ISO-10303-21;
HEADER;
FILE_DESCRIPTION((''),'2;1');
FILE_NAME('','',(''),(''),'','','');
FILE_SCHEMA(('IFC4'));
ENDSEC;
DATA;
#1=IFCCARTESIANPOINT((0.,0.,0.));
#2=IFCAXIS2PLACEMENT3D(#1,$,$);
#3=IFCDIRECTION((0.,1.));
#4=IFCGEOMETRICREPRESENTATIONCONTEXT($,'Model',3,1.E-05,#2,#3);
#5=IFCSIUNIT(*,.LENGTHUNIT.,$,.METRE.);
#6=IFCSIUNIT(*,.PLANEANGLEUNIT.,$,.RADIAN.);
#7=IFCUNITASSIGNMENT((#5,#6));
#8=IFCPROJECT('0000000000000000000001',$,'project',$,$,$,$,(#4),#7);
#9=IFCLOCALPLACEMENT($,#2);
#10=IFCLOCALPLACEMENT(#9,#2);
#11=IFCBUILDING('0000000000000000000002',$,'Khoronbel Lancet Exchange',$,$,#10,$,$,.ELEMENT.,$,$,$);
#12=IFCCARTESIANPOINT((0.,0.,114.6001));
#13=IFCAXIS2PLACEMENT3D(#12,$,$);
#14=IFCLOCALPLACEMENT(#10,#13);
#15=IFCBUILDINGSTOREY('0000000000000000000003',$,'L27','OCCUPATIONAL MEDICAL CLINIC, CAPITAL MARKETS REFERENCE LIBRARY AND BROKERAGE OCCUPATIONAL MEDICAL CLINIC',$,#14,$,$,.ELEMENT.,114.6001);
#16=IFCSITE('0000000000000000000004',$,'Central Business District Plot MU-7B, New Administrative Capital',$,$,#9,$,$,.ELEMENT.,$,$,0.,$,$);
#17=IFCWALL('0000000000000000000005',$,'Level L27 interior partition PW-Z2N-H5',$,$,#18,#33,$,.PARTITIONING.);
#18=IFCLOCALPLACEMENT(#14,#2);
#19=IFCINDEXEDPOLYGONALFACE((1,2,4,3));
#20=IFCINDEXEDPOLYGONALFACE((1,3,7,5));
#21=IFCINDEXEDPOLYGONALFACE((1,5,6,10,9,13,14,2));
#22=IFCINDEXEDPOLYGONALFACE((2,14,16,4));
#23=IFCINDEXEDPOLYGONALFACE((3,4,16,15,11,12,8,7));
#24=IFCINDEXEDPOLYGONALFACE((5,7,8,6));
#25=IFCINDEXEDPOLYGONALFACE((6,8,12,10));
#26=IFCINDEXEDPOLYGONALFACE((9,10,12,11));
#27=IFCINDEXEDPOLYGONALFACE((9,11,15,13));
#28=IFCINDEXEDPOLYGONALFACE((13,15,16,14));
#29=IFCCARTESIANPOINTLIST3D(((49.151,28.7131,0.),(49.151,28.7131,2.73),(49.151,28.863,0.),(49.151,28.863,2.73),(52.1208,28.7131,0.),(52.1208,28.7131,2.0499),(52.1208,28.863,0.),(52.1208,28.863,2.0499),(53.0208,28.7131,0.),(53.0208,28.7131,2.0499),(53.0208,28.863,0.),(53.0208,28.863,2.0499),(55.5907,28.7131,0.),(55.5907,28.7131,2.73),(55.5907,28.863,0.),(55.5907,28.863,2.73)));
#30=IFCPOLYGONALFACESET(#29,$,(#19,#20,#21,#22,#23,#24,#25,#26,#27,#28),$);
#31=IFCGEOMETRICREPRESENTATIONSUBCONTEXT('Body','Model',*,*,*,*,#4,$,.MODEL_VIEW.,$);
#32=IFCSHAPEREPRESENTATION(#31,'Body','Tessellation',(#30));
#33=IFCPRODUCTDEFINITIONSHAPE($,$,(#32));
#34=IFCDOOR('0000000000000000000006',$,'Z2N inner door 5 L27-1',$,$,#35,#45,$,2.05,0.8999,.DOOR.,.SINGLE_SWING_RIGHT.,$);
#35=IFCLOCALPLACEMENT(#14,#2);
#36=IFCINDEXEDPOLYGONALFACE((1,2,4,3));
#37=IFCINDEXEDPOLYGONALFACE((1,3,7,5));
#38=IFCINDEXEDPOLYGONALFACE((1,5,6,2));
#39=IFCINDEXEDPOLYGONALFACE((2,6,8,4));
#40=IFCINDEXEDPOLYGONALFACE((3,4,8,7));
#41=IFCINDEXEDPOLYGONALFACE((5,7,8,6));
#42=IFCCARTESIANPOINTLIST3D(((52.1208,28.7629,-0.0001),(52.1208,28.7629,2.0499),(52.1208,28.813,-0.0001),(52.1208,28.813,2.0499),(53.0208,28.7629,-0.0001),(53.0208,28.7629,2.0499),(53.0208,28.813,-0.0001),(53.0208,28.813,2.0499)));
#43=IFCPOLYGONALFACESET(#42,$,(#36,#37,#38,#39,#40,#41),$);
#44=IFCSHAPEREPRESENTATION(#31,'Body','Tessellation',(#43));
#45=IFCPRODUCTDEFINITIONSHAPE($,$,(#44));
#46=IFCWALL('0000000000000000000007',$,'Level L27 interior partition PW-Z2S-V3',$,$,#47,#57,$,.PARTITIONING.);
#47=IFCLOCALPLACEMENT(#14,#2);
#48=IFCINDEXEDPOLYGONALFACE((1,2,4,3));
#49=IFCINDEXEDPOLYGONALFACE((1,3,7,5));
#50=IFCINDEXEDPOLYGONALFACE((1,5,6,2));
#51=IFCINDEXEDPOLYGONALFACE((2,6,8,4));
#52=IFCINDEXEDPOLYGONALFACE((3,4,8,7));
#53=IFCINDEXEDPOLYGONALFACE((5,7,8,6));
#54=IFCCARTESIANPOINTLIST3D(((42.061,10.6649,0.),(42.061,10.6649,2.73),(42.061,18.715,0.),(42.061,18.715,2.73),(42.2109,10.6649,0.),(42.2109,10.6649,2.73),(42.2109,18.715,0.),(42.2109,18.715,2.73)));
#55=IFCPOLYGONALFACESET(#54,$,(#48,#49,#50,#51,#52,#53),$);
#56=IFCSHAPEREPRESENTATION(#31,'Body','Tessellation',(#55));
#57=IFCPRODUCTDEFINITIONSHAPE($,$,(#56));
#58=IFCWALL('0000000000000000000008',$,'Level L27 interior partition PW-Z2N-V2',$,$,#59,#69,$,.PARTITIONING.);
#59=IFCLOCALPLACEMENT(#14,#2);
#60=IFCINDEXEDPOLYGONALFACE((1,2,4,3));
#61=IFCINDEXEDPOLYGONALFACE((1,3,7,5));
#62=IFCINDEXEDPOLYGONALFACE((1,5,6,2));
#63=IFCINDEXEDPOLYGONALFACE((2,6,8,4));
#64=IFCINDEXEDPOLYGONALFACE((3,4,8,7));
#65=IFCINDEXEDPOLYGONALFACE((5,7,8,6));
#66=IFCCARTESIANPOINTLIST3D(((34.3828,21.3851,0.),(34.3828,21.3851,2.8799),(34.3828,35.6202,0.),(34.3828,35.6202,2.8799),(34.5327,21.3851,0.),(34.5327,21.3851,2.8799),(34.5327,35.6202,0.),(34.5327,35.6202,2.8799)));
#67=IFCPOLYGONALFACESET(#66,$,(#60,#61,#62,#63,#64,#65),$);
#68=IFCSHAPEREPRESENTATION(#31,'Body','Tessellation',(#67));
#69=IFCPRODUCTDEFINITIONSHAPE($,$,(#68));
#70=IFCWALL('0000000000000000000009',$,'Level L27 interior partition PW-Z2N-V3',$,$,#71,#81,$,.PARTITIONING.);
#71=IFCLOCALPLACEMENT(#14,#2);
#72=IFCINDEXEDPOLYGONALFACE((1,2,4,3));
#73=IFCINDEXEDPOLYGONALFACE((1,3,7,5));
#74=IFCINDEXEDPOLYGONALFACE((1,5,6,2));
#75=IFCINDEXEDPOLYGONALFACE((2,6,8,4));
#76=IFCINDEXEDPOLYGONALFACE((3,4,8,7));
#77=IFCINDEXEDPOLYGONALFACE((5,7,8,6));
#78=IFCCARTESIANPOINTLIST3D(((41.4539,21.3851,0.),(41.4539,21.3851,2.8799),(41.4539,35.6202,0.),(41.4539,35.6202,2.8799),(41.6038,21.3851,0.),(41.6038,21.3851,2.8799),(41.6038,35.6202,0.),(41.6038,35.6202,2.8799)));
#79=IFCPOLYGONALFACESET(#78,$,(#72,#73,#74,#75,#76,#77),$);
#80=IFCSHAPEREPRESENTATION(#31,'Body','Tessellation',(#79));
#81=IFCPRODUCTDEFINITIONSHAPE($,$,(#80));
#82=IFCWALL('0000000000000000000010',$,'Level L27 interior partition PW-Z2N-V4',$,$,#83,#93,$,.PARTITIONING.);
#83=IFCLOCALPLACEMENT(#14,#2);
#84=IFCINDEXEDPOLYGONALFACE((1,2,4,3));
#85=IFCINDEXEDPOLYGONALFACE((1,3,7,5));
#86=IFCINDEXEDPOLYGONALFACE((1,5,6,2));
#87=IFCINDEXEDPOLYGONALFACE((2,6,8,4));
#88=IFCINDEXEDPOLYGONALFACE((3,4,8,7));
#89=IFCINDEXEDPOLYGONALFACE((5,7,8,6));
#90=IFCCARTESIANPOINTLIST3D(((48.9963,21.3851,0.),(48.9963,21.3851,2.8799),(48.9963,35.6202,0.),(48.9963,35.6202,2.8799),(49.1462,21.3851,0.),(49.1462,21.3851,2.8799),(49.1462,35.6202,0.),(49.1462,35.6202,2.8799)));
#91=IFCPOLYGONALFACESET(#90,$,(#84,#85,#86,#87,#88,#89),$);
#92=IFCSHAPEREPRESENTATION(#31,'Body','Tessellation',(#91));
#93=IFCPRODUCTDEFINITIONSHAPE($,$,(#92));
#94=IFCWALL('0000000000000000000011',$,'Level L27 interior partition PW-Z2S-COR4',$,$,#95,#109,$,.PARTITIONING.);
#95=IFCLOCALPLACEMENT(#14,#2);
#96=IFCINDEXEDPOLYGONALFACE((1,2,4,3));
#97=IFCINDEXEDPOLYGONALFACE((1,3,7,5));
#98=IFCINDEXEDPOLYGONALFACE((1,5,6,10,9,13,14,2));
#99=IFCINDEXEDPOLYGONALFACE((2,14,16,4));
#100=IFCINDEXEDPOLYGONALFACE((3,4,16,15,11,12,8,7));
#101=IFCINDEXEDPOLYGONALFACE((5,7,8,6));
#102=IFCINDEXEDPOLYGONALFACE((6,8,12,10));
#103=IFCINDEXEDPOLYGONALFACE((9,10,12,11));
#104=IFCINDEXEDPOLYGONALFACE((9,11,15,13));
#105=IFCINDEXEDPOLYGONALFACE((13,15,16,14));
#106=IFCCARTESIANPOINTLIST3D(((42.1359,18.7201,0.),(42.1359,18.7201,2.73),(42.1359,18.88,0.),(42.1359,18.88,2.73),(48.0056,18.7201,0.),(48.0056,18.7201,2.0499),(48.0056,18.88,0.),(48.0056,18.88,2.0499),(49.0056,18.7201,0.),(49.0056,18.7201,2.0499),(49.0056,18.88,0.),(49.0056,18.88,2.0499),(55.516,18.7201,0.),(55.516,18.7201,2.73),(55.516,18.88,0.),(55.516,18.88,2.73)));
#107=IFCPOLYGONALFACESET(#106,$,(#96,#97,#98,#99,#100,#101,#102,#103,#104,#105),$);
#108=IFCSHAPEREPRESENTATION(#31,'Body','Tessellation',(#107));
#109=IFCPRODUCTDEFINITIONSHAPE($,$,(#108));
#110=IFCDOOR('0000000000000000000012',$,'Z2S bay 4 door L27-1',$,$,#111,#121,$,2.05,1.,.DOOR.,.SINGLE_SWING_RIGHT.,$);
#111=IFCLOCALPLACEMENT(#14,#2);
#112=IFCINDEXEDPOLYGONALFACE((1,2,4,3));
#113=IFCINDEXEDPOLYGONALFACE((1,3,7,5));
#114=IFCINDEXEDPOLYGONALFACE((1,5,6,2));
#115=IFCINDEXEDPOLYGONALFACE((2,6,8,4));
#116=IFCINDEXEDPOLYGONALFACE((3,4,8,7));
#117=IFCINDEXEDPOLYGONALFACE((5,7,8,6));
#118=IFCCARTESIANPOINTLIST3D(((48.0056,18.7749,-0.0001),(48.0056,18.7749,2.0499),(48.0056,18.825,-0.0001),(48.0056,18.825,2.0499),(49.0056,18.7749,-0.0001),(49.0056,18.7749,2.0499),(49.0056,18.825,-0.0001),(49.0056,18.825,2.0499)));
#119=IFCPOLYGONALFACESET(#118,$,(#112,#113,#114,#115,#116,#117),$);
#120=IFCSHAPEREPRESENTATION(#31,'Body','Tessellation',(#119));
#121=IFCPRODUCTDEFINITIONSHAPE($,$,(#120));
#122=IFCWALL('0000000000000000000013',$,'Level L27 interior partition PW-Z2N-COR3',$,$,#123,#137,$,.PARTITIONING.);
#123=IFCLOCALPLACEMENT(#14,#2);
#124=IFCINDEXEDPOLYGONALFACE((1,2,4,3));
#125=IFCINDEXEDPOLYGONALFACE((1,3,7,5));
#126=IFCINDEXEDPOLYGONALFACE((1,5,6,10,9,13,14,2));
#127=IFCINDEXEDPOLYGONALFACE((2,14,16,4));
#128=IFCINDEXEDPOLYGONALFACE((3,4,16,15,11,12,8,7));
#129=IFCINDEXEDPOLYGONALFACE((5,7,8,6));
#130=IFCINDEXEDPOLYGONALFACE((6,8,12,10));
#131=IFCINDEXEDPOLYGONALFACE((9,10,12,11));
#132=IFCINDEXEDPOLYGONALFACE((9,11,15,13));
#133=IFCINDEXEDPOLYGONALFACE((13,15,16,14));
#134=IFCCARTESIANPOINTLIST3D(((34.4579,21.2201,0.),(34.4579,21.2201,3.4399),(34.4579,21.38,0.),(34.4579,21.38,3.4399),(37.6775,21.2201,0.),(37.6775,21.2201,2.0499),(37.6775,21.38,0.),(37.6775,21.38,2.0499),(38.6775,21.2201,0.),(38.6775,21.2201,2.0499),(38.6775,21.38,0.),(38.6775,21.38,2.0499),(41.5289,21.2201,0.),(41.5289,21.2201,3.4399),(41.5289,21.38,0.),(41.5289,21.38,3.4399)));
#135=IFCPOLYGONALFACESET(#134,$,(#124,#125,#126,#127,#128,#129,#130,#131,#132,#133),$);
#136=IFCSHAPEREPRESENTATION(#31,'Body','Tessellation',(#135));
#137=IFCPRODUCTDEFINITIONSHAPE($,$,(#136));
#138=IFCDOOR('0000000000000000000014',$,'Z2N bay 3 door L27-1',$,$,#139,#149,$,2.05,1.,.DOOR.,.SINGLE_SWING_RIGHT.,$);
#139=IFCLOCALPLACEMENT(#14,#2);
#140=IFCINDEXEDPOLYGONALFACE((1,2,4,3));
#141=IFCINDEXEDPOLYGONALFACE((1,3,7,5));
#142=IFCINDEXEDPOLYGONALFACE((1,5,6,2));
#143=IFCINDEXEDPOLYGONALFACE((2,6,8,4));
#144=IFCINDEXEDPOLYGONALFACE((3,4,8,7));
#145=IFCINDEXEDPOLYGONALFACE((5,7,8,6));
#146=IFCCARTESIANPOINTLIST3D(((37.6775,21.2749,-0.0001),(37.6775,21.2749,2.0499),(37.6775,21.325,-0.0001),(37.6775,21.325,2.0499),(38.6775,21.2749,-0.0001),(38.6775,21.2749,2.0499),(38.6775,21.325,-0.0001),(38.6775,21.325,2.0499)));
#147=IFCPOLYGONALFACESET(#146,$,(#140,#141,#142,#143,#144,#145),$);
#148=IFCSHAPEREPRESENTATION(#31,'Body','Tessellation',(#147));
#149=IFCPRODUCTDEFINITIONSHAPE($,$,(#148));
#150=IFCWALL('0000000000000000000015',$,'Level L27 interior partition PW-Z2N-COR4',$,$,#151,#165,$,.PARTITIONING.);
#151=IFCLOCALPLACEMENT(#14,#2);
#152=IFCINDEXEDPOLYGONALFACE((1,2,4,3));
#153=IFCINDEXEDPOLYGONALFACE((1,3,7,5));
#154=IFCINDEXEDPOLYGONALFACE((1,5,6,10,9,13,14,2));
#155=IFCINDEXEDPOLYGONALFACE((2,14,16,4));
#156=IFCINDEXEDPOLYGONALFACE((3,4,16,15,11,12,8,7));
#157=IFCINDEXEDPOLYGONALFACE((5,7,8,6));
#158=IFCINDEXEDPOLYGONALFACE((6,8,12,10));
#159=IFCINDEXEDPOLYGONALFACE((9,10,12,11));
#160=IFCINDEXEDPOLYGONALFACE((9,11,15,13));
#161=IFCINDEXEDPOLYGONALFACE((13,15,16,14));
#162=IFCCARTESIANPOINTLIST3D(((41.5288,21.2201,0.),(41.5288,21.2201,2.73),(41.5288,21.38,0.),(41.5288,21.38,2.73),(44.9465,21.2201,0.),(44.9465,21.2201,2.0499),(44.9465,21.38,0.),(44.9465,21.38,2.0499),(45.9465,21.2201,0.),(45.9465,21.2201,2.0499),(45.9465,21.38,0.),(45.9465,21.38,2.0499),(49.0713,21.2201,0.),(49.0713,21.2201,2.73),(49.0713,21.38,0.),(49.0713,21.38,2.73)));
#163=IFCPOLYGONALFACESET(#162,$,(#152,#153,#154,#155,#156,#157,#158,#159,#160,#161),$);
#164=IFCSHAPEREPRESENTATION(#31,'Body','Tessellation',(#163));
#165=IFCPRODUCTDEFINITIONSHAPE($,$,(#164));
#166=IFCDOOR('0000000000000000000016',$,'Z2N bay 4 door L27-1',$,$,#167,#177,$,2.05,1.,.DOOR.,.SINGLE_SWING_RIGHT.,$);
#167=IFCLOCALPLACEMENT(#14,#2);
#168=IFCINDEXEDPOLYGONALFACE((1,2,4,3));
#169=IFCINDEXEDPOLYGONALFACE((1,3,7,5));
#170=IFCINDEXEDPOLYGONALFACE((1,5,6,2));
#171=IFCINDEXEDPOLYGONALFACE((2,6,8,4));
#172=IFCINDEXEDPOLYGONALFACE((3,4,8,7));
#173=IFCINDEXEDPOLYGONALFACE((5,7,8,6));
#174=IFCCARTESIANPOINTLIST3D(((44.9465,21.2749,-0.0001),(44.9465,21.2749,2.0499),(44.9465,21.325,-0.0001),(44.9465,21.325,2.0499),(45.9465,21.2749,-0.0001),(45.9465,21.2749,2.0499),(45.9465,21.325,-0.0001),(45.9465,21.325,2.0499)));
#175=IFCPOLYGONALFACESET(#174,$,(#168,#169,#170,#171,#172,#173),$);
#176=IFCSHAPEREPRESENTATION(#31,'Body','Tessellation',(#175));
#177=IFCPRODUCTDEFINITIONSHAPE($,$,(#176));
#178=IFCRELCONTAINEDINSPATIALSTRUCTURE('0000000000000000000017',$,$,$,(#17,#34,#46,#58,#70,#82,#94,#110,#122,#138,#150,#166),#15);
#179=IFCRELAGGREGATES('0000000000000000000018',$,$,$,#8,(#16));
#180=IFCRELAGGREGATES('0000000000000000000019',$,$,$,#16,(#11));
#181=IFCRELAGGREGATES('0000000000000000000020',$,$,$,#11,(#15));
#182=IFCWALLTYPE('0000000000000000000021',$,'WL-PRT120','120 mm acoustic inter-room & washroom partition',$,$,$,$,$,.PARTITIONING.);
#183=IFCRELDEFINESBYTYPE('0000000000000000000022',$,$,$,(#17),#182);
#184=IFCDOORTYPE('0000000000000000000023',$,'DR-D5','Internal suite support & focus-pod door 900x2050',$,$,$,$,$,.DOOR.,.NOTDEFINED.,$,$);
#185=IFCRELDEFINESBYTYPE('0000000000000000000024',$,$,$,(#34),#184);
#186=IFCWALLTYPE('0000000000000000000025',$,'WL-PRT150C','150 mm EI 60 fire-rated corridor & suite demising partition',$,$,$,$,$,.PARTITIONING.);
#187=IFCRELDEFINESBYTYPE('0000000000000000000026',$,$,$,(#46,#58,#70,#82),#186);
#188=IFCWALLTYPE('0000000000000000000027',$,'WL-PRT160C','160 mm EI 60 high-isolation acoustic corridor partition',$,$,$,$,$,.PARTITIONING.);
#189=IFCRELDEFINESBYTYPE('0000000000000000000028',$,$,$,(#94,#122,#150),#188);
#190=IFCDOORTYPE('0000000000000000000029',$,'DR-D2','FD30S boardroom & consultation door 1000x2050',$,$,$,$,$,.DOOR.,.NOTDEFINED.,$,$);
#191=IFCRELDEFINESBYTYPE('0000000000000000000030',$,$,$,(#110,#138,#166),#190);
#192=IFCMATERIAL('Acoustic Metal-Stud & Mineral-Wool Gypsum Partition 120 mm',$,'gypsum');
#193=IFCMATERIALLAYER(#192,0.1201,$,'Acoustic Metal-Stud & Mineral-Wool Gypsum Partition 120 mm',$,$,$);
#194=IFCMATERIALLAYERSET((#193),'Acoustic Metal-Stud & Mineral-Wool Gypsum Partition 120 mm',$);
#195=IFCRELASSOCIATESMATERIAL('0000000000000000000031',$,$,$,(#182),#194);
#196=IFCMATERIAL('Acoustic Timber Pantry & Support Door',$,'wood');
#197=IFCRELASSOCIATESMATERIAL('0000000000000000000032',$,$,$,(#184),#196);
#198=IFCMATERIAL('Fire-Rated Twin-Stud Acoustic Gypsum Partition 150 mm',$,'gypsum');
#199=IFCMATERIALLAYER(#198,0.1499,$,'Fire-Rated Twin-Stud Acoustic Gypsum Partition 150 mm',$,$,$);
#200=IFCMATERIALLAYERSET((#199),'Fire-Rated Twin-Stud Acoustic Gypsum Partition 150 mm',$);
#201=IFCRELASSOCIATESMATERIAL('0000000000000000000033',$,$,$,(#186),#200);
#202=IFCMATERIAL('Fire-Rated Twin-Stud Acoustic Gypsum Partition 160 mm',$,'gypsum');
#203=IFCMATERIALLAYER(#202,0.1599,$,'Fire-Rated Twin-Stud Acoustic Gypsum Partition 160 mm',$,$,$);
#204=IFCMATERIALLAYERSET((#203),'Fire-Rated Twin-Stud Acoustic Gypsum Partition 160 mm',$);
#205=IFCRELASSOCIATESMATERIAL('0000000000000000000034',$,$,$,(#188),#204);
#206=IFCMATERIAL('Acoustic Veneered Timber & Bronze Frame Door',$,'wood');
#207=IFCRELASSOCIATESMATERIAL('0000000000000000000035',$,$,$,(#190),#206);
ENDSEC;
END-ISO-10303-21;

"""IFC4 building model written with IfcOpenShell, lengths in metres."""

from ifc_helpers import new_model, si_unit, direction, frame, frame_2d, origin, place, context, subcontext, project, spatial, rectangle, extrude, material, layer, layer_set, type_object, element, fill, save


model = new_model("IFC4")

# Units and contexts
model_context = context("Model", 3, precision=1e-05, world=origin(), true_north=direction((0.0, 1.0)))
body_context = subcontext(model_context, "Body", "Model", "MODEL_VIEW")
ifc_project = project(units=[si_unit("LENGTHUNIT", "METRE"), si_unit("PLANEANGLEUNIT", "RADIAN")], contexts=[model_context])

# Site, building, storey
site_placement = place(None, origin())
site = spatial("IfcSite", under=ifc_project, at=site_placement, Name="Central Business District Plot MU-7B, New Administrative Capital", CompositionType="ELEMENT", RefElevation=0.0)
building_placement = place(site_placement, origin())
building = spatial("IfcBuilding", under=site, at=building_placement, Name="Khoronbel Lancet Exchange", CompositionType="ELEMENT")
storey_placement = place(building_placement, frame((0.0, 0.0, 114.6001)))
storey = spatial("IfcBuildingStorey", under=building, at=storey_placement, Name="L27", Description="OCCUPATIONAL MEDICAL CLINIC, CAPITAL MARKETS REFERENCE LIBRARY AND BROKERAGE OCCUPATIONAL MEDICAL CLINIC", CompositionType="ELEMENT", Elevation=114.6001)

# Wall, opening, door
ifc_material_1 = material(Name="Acoustic Metal-Stud & Mineral-Wool Gypsum Partition 120 mm", Category="gypsum")
ifc_layer_1 = layer(ifc_material_1, 0.1201, Name="Acoustic Metal-Stud & Mineral-Wool Gypsum Partition 120 mm")
ifc_layer_set_1 = layer_set([ifc_layer_1], Name="Acoustic Metal-Stud & Mineral-Wool Gypsum Partition 120 mm")
wall_type_1 = type_object("IfcWallType", Name="WL-PRT120", Description="120 mm acoustic inter-room & washroom partition", PredefinedType="PARTITIONING", material=ifc_layer_set_1)
ifc_material_2 = material(Name="Acoustic Timber Pantry & Support Door", Category="wood")
door_type_1 = type_object("IfcDoorType", Name="DR-D5", Description="Internal suite support & focus-pod door 900x2050", OperationType="NOTDEFINED", PredefinedType="DOOR", material=ifc_material_2)
wall_1_placement = place(storey_placement, frame((49.1511, 28.7881, 0.0), z_axis=(0.0, 0.0, 1.0), x_axis=(1.0, 0.0, 0.0)))
wall_1 = element("IfcWall", 1, at=wall_1_placement, inside=storey, type_object=wall_type_1, Name="Level L27 interior partition PW-Z2N-H5", PredefinedType="PARTITIONING", context=body_context, shape_type="SweptSolid", body=[
    extrude(rectangle(XDim=6.4397, YDim=0.1499, at=frame_2d((3.2197, 0.0))), origin(), (0.0, 0.0, 1.0), 2.73),
])
opening_1_placement = place(wall_1_placement, frame((2.9697, 0.0, 0.0)))
opening_1 = element("IfcOpeningElement", 2, at=opening_1_placement, cuts=wall_1, PredefinedType="OPENING", context=body_context, shape_type="SweptSolid", body=[
    extrude(rectangle(XDim=0.8999, YDim=2.05, at=frame_2d((0.45, 1.0249))), frame((0.0, 0.085, 0.0), z_axis=(0.0, -1.0, 0.0), x_axis=(1.0, 0.0, 0.0)), (0.0, 0.0, 1.0), 0.1699),
])
door_1_placement = place(opening_1_placement, origin())
door_1 = element("IfcDoor", 3, at=door_1_placement, inside=storey, type_object=door_type_1, Name="Z2N inner door 5 L27-1", OperationType="SINGLE_SWING_RIGHT", OverallHeight=2.05, OverallWidth=0.8999, PredefinedType="DOOR", context=body_context, shape_type="SweptSolid", body=[
    extrude(rectangle(XDim=0.8999, YDim=2.05, at=frame_2d((0.45, 1.0249))), frame((0.0, 0.0249, 0.0), z_axis=(0.0, -1.0, 0.0), x_axis=(1.0, 0.0, 0.0)), (0.0, 0.0, 1.0), 0.05),
])
fill(opening_1, door_1)

# Walls
ifc_material_3 = material(Name="Fire-Rated Twin-Stud Acoustic Gypsum Partition 150 mm", Category="gypsum")
ifc_layer_2 = layer(ifc_material_3, 0.1499, Name="Fire-Rated Twin-Stud Acoustic Gypsum Partition 150 mm")
ifc_layer_set_2 = layer_set([ifc_layer_2], Name="Fire-Rated Twin-Stud Acoustic Gypsum Partition 150 mm")
wall_type_2 = type_object("IfcWallType", Name="WL-PRT150C", Description="150 mm EI 60 fire-rated corridor & suite demising partition", PredefinedType="PARTITIONING", material=ifc_layer_set_2)
wall_2_placement = place(storey_placement, frame((42.136, 10.665, 0.0), z_axis=(0.0, 0.0, 1.0), x_axis=(0.0, 1.0, 0.0)))
element("IfcWall", 4, at=wall_2_placement, inside=storey, type_object=wall_type_2, Name="Level L27 interior partition PW-Z2S-V3", PredefinedType="PARTITIONING", context=body_context, shape_type="SweptSolid", body=[
    extrude(rectangle(XDim=8.05, YDim=0.1499, at=frame_2d((4.0249, 0.0))), origin(), (0.0, 0.0, 1.0), 2.73),
])
for number, where, z_axis, x_axis, name in (
    (5, (34.4578, 21.385, 0.0), (0.0, 0.0, 1.0), (0.0, 1.0, 0.0), "Level L27 interior partition PW-Z2N-V2"),
    (6, (41.5288, 21.385, 0.0), (0.0, 0.0, 1.0), (0.0, 1.0, 0.0), "Level L27 interior partition PW-Z2N-V3"),
    (7, (49.0713, 21.385, 0.0), (0.0, 0.0, 1.0), (0.0, 1.0, 0.0), "Level L27 interior partition PW-Z2N-V4"),
):
    element("IfcWall", number, at=place(storey_placement, frame(where, z_axis=z_axis, x_axis=x_axis)), inside=storey, type_object=wall_type_2, Name=name, PredefinedType="PARTITIONING", context=body_context, shape_type="SweptSolid", body=[
        extrude(rectangle(XDim=14.2351, YDim=0.1499, at=frame_2d((7.1177, 0.0))), origin(), (0.0, 0.0, 1.0), 2.8799),
    ])

# Walls, openings, doors
ifc_material_4 = material(Name="Fire-Rated Twin-Stud Acoustic Gypsum Partition 160 mm", Category="gypsum")
ifc_layer_3 = layer(ifc_material_4, 0.1599, Name="Fire-Rated Twin-Stud Acoustic Gypsum Partition 160 mm")
ifc_layer_set_3 = layer_set([ifc_layer_3], Name="Fire-Rated Twin-Stud Acoustic Gypsum Partition 160 mm")
wall_type_3 = type_object("IfcWallType", Name="WL-PRT160C", Description="160 mm EI 60 high-isolation acoustic corridor partition", PredefinedType="PARTITIONING", material=ifc_layer_set_3)
wall_3_placement = place(storey_placement, frame((42.136, 18.8, 0.0), z_axis=(0.0, 0.0, 1.0), x_axis=(1.0, 0.0, 0.0)))
wall_3 = element("IfcWall", 8, at=wall_3_placement, inside=storey, type_object=wall_type_3, Name="Level L27 interior partition PW-Z2S-COR4", PredefinedType="PARTITIONING", context=body_context, shape_type="SweptSolid", body=[
    extrude(rectangle(XDim=13.3801, YDim=0.1599, at=frame_2d((6.6899, 0.0))), origin(), (0.0, 0.0, 1.0), 2.73),
])
opening_2_placement = place(wall_3_placement, frame((5.8696, 0.0, 0.0)))
opening_2 = element("IfcOpeningElement", 9, at=opening_2_placement, cuts=wall_3, PredefinedType="OPENING", context=body_context, shape_type="SweptSolid", body=[
    extrude(rectangle(XDim=1.0, YDim=2.05, at=frame_2d((0.5, 1.0249))), frame((0.0, 0.0898, 0.0), z_axis=(0.0, -1.0, 0.0), x_axis=(1.0, 0.0, 0.0)), (0.0, 0.0, 1.0), 0.1799),
])
ifc_material_5 = material(Name="Acoustic Veneered Timber & Bronze Frame Door", Category="wood")
door_type_2 = type_object("IfcDoorType", Name="DR-D2", Description="FD30S boardroom & consultation door 1000x2050", OperationType="NOTDEFINED", PredefinedType="DOOR", material=ifc_material_5)
door_2_placement = place(opening_2_placement, origin())
door_2 = element("IfcDoor", 10, at=door_2_placement, inside=storey, type_object=door_type_2, Name="Z2S bay 4 door L27-1", OperationType="SINGLE_SWING_RIGHT", OverallHeight=2.05, OverallWidth=1.0, PredefinedType="DOOR", context=body_context, shape_type="SweptSolid", body=[
    extrude(rectangle(XDim=1.0, YDim=2.05, at=frame_2d((0.5, 1.0249))), frame((0.0, 0.0249, 0.0), z_axis=(0.0, -1.0, 0.0), x_axis=(1.0, 0.0, 0.0)), (0.0, 0.0, 1.0), 0.05),
])
fill(opening_2, door_2)
wall_4_placement = place(storey_placement, frame((34.4578, 21.3, 0.0), z_axis=(0.0, 0.0, 1.0), x_axis=(1.0, 0.0, 0.0)))
wall_4 = element("IfcWall", 11, at=wall_4_placement, inside=storey, type_object=wall_type_3, Name="Level L27 interior partition PW-Z2N-COR3", PredefinedType="PARTITIONING", context=body_context, shape_type="SweptSolid", body=[
    extrude(rectangle(XDim=7.071, YDim=0.1599, at=frame_2d((3.5356, 0.0))), origin(), (0.0, 0.0, 1.0), 3.4399),
])
opening_3_placement = place(wall_4_placement, frame((3.2197, 0.0, 0.0)))
opening_3 = element("IfcOpeningElement", 12, at=opening_3_placement, cuts=wall_4, PredefinedType="OPENING", context=body_context, shape_type="SweptSolid", body=[
    extrude(rectangle(XDim=1.0, YDim=2.05, at=frame_2d((0.5, 1.0249))), frame((0.0, 0.0898, 0.0), z_axis=(0.0, -1.0, 0.0), x_axis=(1.0, 0.0, 0.0)), (0.0, 0.0, 1.0), 0.1799),
])
door_3_placement = place(opening_3_placement, origin())
door_3 = element("IfcDoor", 13, at=door_3_placement, inside=storey, type_object=door_type_2, Name="Z2N bay 3 door L27-1", OperationType="SINGLE_SWING_RIGHT", OverallHeight=2.05, OverallWidth=1.0, PredefinedType="DOOR", context=body_context, shape_type="SweptSolid", body=[
    extrude(rectangle(XDim=1.0, YDim=2.05, at=frame_2d((0.5, 1.0249))), frame((0.0, 0.0249, 0.0), z_axis=(0.0, -1.0, 0.0), x_axis=(1.0, 0.0, 0.0)), (0.0, 0.0, 1.0), 0.05),
])
fill(opening_3, door_3)
wall_5_placement = place(storey_placement, frame((41.5288, 21.3, 0.0), z_axis=(0.0, 0.0, 1.0), x_axis=(1.0, 0.0, 0.0)))
wall_5 = element("IfcWall", 14, at=wall_5_placement, inside=storey, type_object=wall_type_3, Name="Level L27 interior partition PW-Z2N-COR4", PredefinedType="PARTITIONING", context=body_context, shape_type="SweptSolid", body=[
    extrude(rectangle(XDim=7.5425, YDim=0.1599, at=frame_2d((3.7712, 0.0))), origin(), (0.0, 0.0, 1.0), 2.73),
])
opening_4_placement = place(wall_5_placement, frame((3.4177, 0.0, 0.0)))
opening_4 = element("IfcOpeningElement", 15, at=opening_4_placement, cuts=wall_5, PredefinedType="OPENING", context=body_context, shape_type="SweptSolid", body=[
    extrude(rectangle(XDim=1.0, YDim=2.05, at=frame_2d((0.5, 1.0249))), frame((0.0, 0.0898, 0.0), z_axis=(0.0, -1.0, 0.0), x_axis=(1.0, 0.0, 0.0)), (0.0, 0.0, 1.0), 0.1799),
])
door_4_placement = place(opening_4_placement, origin())
door_4 = element("IfcDoor", 16, at=door_4_placement, inside=storey, type_object=door_type_2, Name="Z2N bay 4 door L27-1", OperationType="SINGLE_SWING_RIGHT", OverallHeight=2.05, OverallWidth=1.0, PredefinedType="DOOR", context=body_context, shape_type="SweptSolid", body=[
    extrude(rectangle(XDim=1.0, YDim=2.05, at=frame_2d((0.5, 1.0249))), frame((0.0, 0.0249, 0.0), z_axis=(0.0, -1.0, 0.0), x_axis=(1.0, 0.0, 0.0)), (0.0, 0.0, 1.0), 0.05),
])
fill(opening_4, door_4)

save(model, "model.ifc")
